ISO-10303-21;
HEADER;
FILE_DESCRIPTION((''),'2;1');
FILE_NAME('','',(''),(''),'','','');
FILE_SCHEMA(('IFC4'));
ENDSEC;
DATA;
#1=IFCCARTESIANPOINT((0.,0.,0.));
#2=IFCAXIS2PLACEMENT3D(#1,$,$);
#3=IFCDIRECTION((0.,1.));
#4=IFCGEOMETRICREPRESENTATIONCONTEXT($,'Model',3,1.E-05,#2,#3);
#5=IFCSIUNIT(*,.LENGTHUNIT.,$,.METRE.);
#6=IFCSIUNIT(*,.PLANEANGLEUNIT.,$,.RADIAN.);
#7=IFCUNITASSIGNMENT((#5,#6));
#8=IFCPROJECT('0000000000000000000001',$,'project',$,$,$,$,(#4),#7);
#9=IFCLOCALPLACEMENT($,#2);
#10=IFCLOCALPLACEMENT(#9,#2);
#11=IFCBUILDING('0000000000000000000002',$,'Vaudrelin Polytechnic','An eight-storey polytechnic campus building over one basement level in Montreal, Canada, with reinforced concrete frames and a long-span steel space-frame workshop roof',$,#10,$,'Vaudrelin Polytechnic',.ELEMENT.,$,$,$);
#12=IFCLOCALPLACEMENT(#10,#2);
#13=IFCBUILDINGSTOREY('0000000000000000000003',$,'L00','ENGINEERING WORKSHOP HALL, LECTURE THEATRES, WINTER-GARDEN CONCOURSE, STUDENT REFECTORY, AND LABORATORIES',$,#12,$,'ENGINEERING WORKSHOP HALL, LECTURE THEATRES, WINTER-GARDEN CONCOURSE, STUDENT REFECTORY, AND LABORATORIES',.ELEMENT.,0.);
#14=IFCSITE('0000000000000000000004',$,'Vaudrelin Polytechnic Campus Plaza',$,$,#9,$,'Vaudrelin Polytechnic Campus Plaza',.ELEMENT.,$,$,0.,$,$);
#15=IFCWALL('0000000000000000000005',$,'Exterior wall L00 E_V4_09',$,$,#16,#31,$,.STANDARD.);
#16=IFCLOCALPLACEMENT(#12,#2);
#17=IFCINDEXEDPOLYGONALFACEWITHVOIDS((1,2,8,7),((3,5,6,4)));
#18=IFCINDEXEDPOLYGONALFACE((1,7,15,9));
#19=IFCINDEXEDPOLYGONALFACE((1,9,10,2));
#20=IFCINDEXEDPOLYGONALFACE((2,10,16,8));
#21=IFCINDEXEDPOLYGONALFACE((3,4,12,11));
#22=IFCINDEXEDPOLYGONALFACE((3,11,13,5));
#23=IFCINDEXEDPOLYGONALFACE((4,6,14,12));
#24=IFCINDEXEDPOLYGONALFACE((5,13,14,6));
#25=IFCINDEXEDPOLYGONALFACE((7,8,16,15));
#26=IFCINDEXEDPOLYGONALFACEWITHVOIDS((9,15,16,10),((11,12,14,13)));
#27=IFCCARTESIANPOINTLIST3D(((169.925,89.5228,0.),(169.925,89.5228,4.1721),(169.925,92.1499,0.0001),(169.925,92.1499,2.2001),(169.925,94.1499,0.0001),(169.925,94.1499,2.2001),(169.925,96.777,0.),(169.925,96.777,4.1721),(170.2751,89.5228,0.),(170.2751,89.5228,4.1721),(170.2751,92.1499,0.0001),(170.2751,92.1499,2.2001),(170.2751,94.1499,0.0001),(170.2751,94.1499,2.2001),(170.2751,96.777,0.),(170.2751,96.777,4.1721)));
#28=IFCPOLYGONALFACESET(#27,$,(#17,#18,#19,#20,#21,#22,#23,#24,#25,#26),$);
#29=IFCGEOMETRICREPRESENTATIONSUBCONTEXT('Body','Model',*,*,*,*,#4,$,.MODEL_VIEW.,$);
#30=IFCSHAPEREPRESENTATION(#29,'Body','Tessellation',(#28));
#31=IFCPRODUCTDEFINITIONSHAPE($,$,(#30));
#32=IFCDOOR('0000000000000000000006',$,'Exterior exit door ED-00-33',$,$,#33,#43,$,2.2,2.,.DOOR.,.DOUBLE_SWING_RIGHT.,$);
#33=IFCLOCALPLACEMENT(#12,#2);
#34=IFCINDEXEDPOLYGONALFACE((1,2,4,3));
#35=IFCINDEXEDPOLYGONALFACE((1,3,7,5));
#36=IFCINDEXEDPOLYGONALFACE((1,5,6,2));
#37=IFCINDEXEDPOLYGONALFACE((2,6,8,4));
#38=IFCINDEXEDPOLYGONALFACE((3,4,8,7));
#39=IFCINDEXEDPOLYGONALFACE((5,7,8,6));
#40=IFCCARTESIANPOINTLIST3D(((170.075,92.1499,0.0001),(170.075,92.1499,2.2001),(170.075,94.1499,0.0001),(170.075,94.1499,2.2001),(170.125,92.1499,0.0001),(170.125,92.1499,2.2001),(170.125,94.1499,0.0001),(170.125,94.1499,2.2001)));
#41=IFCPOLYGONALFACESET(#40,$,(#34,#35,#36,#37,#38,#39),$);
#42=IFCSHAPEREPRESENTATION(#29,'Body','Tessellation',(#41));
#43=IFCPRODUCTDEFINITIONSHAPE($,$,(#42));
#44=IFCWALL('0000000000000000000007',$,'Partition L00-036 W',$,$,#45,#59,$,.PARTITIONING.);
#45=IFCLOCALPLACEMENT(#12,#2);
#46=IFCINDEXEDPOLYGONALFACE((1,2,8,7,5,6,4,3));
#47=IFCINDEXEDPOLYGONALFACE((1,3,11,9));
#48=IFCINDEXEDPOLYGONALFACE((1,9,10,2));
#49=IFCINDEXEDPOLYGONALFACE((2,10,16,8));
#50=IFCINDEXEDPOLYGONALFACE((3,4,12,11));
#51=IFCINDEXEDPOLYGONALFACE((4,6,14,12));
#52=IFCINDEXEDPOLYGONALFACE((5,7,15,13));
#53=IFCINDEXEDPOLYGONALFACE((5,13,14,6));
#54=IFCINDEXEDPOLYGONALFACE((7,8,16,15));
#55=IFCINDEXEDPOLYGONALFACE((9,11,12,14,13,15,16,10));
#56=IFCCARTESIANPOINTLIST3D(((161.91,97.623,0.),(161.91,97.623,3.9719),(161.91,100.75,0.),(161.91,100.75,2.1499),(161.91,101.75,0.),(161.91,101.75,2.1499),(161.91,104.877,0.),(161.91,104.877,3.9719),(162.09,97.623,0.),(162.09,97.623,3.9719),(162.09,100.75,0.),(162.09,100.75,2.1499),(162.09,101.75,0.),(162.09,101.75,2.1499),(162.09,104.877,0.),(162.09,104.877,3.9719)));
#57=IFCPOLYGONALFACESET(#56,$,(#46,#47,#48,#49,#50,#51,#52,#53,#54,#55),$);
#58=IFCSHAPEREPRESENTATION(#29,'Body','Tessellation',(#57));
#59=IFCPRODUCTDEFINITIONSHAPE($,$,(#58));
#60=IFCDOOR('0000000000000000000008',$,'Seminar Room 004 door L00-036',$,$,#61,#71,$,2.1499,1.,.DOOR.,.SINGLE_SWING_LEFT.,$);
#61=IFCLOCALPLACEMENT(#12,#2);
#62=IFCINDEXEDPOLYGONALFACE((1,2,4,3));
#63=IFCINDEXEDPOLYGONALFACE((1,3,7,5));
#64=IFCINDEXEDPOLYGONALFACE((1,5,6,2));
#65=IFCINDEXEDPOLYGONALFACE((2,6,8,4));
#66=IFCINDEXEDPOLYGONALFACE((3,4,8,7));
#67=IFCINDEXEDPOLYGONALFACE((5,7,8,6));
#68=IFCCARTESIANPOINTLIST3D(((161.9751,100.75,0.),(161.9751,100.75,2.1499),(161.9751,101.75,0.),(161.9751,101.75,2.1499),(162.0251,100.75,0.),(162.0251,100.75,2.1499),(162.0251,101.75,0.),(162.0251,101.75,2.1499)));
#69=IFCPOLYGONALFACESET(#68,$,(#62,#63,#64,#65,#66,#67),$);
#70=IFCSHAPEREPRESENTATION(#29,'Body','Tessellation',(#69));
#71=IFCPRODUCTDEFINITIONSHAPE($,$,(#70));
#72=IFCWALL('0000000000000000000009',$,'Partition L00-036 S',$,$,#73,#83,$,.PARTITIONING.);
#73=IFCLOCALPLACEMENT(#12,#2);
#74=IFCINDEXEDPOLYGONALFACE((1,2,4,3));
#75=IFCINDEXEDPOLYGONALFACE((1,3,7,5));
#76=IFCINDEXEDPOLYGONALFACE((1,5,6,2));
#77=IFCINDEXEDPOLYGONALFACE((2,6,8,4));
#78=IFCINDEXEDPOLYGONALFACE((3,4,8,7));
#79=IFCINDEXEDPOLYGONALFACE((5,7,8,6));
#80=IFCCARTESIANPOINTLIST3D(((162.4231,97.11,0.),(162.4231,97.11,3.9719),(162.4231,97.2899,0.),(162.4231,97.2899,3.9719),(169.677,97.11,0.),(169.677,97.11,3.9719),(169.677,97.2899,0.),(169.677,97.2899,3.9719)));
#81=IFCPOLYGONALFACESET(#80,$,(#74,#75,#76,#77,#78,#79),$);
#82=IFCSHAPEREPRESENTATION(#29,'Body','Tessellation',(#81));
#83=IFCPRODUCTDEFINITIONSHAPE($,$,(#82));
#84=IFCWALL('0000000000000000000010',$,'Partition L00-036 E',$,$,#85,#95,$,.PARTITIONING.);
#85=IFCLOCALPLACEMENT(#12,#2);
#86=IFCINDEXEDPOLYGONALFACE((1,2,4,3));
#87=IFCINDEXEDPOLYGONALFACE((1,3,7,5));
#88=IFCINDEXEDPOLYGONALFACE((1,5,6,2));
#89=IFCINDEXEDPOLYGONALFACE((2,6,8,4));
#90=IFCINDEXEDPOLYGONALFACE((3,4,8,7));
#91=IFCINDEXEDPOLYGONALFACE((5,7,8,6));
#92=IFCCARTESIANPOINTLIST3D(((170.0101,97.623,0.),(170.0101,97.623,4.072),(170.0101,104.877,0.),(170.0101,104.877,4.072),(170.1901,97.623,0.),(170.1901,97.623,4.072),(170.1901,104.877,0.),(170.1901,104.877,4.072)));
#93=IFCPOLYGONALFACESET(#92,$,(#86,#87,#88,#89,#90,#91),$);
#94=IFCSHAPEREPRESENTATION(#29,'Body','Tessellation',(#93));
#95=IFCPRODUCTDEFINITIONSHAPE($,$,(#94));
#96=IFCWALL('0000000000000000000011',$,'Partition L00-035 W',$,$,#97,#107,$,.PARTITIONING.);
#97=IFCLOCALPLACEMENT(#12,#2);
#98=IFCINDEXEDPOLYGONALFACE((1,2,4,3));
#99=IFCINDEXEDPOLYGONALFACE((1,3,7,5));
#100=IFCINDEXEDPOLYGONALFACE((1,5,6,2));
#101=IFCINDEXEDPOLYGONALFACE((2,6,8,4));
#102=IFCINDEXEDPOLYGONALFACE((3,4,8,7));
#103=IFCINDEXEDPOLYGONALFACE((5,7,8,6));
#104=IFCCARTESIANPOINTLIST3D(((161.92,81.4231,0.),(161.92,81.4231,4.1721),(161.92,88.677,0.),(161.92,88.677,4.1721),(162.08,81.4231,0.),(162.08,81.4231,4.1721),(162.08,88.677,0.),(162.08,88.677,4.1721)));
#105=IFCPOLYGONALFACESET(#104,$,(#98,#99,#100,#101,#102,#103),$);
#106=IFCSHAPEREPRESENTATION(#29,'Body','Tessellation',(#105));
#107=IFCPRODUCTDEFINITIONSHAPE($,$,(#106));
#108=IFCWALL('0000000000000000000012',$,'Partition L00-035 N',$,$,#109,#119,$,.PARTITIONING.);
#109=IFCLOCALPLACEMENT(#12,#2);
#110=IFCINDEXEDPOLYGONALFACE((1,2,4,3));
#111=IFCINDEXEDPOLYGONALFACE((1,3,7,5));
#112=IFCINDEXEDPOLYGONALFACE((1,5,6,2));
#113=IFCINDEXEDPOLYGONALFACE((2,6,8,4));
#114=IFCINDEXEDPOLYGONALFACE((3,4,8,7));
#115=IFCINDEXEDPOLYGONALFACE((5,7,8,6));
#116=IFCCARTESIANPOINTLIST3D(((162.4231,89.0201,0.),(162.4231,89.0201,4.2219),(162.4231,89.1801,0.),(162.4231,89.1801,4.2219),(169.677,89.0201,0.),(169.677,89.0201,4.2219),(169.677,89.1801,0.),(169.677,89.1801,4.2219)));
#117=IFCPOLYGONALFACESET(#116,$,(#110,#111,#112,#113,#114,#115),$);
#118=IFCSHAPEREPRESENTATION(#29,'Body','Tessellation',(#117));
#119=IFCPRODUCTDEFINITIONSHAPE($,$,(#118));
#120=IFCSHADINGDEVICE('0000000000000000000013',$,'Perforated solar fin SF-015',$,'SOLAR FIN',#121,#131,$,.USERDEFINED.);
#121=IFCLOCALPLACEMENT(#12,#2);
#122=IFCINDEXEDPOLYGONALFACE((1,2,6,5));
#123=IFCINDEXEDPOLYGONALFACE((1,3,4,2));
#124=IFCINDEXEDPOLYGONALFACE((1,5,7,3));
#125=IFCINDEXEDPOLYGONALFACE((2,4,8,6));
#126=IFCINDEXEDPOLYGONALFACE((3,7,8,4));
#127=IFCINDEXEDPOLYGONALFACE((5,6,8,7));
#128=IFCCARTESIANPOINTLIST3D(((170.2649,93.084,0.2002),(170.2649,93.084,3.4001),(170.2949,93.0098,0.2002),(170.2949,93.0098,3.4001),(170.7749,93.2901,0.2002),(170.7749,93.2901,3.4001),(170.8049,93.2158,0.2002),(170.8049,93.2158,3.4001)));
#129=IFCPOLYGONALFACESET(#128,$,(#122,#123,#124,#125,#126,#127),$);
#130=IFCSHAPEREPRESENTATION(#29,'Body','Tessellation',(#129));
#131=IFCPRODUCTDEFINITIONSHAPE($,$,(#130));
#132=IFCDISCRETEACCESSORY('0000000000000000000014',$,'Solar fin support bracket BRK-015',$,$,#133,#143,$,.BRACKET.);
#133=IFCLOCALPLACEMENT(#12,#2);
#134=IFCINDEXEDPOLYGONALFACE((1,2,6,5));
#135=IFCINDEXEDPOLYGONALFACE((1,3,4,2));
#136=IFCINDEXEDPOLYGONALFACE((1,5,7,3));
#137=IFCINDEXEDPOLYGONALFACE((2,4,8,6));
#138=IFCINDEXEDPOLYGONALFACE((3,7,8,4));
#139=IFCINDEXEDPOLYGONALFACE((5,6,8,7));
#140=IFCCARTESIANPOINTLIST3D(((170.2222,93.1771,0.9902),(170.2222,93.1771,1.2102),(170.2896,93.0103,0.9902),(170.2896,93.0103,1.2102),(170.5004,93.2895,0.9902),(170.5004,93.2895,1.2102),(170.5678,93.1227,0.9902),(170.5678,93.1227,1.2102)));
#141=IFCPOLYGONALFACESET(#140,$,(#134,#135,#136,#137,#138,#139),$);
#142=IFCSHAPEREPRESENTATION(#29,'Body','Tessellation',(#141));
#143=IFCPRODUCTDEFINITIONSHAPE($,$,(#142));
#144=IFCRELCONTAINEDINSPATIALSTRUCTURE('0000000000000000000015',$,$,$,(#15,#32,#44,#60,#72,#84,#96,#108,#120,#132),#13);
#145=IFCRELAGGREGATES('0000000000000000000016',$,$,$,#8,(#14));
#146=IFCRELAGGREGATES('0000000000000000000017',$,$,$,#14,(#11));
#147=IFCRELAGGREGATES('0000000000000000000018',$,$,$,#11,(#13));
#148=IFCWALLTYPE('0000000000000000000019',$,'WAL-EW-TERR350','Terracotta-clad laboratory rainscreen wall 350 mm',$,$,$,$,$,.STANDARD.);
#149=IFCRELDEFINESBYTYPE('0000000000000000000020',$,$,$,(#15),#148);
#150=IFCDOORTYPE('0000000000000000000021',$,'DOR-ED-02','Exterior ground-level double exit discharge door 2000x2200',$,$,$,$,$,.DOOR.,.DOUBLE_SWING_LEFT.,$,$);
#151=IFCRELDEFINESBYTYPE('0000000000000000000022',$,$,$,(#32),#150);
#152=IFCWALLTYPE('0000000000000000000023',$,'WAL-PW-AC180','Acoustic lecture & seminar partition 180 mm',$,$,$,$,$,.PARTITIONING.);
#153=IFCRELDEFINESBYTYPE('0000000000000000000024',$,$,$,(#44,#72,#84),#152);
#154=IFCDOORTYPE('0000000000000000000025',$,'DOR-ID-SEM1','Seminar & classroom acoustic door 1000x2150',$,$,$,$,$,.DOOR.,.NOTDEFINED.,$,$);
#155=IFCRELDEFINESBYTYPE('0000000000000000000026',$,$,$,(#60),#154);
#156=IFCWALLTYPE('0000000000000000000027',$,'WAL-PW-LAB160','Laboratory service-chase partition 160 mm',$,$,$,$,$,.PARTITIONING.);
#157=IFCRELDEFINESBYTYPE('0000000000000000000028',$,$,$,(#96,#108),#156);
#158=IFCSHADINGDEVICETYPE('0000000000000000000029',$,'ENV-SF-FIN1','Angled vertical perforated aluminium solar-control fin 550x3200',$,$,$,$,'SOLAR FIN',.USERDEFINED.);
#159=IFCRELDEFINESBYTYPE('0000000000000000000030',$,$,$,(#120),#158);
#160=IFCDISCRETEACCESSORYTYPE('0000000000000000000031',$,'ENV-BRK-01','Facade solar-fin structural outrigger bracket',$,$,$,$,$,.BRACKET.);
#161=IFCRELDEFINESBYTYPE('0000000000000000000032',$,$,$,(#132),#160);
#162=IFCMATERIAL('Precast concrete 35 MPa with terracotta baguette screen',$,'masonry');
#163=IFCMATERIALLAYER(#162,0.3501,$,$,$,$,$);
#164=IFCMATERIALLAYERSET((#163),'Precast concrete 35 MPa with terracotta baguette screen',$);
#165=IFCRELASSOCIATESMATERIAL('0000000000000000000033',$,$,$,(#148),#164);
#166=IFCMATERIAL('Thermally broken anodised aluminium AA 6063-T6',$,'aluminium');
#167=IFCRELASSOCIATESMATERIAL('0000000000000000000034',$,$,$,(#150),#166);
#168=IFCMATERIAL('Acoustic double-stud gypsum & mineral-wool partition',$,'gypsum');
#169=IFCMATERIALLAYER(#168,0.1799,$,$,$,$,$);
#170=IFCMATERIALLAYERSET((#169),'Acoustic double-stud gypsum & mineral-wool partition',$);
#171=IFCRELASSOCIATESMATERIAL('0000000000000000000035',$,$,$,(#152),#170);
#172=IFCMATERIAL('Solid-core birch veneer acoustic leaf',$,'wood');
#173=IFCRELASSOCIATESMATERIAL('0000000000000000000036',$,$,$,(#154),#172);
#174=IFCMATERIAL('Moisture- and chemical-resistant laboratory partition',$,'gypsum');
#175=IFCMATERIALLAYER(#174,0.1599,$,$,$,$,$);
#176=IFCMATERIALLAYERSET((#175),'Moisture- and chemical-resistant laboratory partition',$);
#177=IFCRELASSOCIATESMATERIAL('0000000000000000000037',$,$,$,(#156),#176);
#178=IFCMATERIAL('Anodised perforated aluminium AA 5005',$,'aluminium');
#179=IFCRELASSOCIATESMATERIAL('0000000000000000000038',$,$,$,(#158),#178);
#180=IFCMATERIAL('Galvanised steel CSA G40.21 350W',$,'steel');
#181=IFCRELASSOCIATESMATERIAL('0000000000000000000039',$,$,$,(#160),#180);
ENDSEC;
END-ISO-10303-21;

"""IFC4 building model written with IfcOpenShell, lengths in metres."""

from ifc_helpers import new_model, si_unit, direction, frame, frame_2d, origin, origin_2d, place, context, subcontext, project, spatial, rectangle, extrude, material, layer, layer_set, type_object, element, fill, save


model = new_model("IFC4")

# Units and contexts
model_context = context("Model", 3, precision=1e-05, world=origin(), true_north=direction((0.0, 1.0)))
body_context = subcontext(model_context, "Body", "Model", "MODEL_VIEW")
ifc_project = project(units=[si_unit("LENGTHUNIT", "METRE"), si_unit("PLANEANGLEUNIT", "RADIAN")], contexts=[model_context])

# Site, building, storey
site_placement = place(None, origin())
site = spatial("IfcSite", under=ifc_project, at=site_placement, Name="Vaudrelin Polytechnic Campus Plaza", LongName="Vaudrelin Polytechnic Campus Plaza", CompositionType="ELEMENT", RefElevation=0.0)
building_placement = place(site_placement, origin())
building = spatial("IfcBuilding", under=site, at=building_placement, Name="Vaudrelin Polytechnic", Description="An eight-storey polytechnic campus building over one basement level in Montreal, Canada, with reinforced concrete frames and a long-span steel space-frame workshop roof", LongName="Vaudrelin Polytechnic", CompositionType="ELEMENT")
storey_placement = place(building_placement, origin())
storey = spatial("IfcBuildingStorey", under=building, at=storey_placement, Name="L00", Description="ENGINEERING WORKSHOP HALL, LECTURE THEATRES, WINTER-GARDEN CONCOURSE, STUDENT REFECTORY, AND LABORATORIES", LongName="ENGINEERING WORKSHOP HALL, LECTURE THEATRES, WINTER-GARDEN CONCOURSE, STUDENT REFECTORY, AND LABORATORIES", CompositionType="ELEMENT", Elevation=0.0)

# Walls, openings, doors
ifc_material_1 = material(Name="Precast concrete 35 MPa with terracotta baguette screen", Category="masonry")
ifc_layer_1 = layer(ifc_material_1, 0.3501)
ifc_layer_set_1 = layer_set([ifc_layer_1], Name="Precast concrete 35 MPa with terracotta baguette screen")
wall_type_1 = type_object("IfcWallType", Name="WAL-EW-TERR350", Description="Terracotta-clad laboratory rainscreen wall 350 mm", PredefinedType="STANDARD", material=ifc_layer_set_1)
ifc_material_2 = material(Name="Thermally broken anodised aluminium AA 6063-T6", Category="aluminium")
wall_1_placement = place(storey_placement, frame((170.1001, 89.5229, 0.0), z_axis=(0.0, 0.0, 1.0), x_axis=(0.0, 1.0, 0.0)))
wall_1 = element("IfcWall", 1, at=wall_1_placement, inside=storey, type_object=wall_type_1, Name="Exterior wall L00 E_V4_09", PredefinedType="STANDARD", context=body_context, shape_type="SweptSolid", body=[
    extrude(rectangle(XDim=7.2542, YDim=0.3501, at=frame_2d((3.627, 0.0))), origin(), (0.0, 0.0, 1.0), 4.1721),
])
opening_1_placement = place(wall_1_placement, frame((4.627, 0.0, 0.0), z_axis=(0.0, 0.0, 1.0), x_axis=(-1.0, 0.0, 0.0)))
opening_1 = element("IfcOpeningElement", 2, at=opening_1_placement, cuts=wall_1, PredefinedType="OPENING", context=body_context, shape_type="SweptSolid", body=[
    extrude(rectangle(XDim=2.0, YDim=2.2, at=frame_2d((1.0, 1.1001))), frame((0.0, 0.1851, 0.0), z_axis=(0.0, -1.0, 0.0), x_axis=(1.0, 0.0, 0.0)), (0.0, 0.0, 1.0), 0.3701),
])
door_type_1 = type_object("IfcDoorType", Name="DOR-ED-02", Description="Exterior ground-level double exit discharge door 2000x2200", OperationType="DOUBLE_SWING_LEFT", PredefinedType="DOOR", material=ifc_material_2)
door_1_placement = place(opening_1_placement, origin())
door_1 = element("IfcDoor", 3, at=door_1_placement, inside=storey, type_object=door_type_1, Name="Exterior exit door ED-00-33", OperationType="DOUBLE_SWING_RIGHT", OverallHeight=2.2, OverallWidth=2.0, PredefinedType="DOOR", context=body_context, shape_type="SweptSolid", body=[
    extrude(rectangle(XDim=2.0, YDim=2.2, at=frame_2d((1.0, 1.1001))), frame((0.0, 0.0249, 0.0), z_axis=(0.0, -1.0, 0.0), x_axis=(1.0, 0.0, 0.0)), (0.0, 0.0, 1.0), 0.05),
])
fill(opening_1, door_1)
ifc_material_3 = material(Name="Acoustic double-stud gypsum & mineral-wool partition", Category="gypsum")
ifc_layer_2 = layer(ifc_material_3, 0.1799)
ifc_layer_set_2 = layer_set([ifc_layer_2], Name="Acoustic double-stud gypsum & mineral-wool partition")
wall_type_2 = type_object("IfcWallType", Name="WAL-PW-AC180", Description="Acoustic lecture & seminar partition 180 mm", PredefinedType="PARTITIONING", material=ifc_layer_set_2)
wall_2_placement = place(storey_placement, frame((162.0, 97.623, 0.0), z_axis=(0.0, 0.0, 1.0), x_axis=(0.0, 1.0, 0.0)))
wall_2 = element("IfcWall", 4, at=wall_2_placement, inside=storey, type_object=wall_type_2, Name="Partition L00-036 W", PredefinedType="PARTITIONING", context=body_context, shape_type="SweptSolid", body=[
    extrude(rectangle(XDim=7.2539, YDim=0.1799, at=frame_2d((3.627, 0.0))), origin(), (0.0, 0.0, 1.0), 3.9719),
])
opening_2_placement = place(wall_2_placement, frame((3.127, 0.0, 0.0)))
opening_2 = element("IfcOpeningElement", 5, at=opening_2_placement, cuts=wall_2, PredefinedType="OPENING", context=body_context, shape_type="SweptSolid", body=[
    extrude(rectangle(XDim=1.0, YDim=2.1499, at=frame_2d((0.5, 1.075))), frame((0.0, 0.1001, 0.0), z_axis=(0.0, -1.0, 0.0), x_axis=(1.0, 0.0, 0.0)), (0.0, 0.0, 1.0), 0.2),
])
ifc_material_4 = material(Name="Solid-core birch veneer acoustic leaf", Category="wood")
door_type_2 = type_object("IfcDoorType", Name="DOR-ID-SEM1", Description="Seminar & classroom acoustic door 1000x2150", OperationType="NOTDEFINED", PredefinedType="DOOR", material=ifc_material_4)
door_2_placement = place(opening_2_placement, origin())
door_2 = element("IfcDoor", 6, at=door_2_placement, inside=storey, type_object=door_type_2, Name="Seminar Room 004 door L00-036", OperationType="SINGLE_SWING_LEFT", OverallHeight=2.1499, OverallWidth=1.0, PredefinedType="DOOR", context=body_context, shape_type="SweptSolid", body=[
    extrude(rectangle(XDim=1.0, YDim=2.1499, at=frame_2d((0.5, 1.075))), frame((0.0, 0.0249, 0.0), z_axis=(0.0, -1.0, 0.0), x_axis=(1.0, 0.0, 0.0)), (0.0, 0.0, 1.0), 0.05),
])
fill(opening_2, door_2)

# Walls
wall_3_placement = place(storey_placement, frame((162.4231, 97.2, 0.0), z_axis=(0.0, 0.0, 1.0), x_axis=(1.0, 0.0, 0.0)))
element("IfcWall", 7, at=wall_3_placement, inside=storey, type_object=wall_type_2, Name="Partition L00-036 S", PredefinedType="PARTITIONING", context=body_context, shape_type="SweptSolid", body=[
    extrude(rectangle(XDim=7.2539, YDim=0.1799, at=frame_2d((3.627, 0.0))), origin(), (0.0, 0.0, 1.0), 3.9719),
])
wall_4_placement = place(storey_placement, frame((170.1001, 97.623, 0.0), z_axis=(0.0, 0.0, 1.0), x_axis=(0.0, 1.0, 0.0)))
element("IfcWall", 8, at=wall_4_placement, inside=storey, type_object=wall_type_2, Name="Partition L00-036 E", PredefinedType="PARTITIONING", context=body_context, shape_type="SweptSolid", body=[
    extrude(rectangle(XDim=7.2539, YDim=0.1799, at=frame_2d((3.627, 0.0))), origin(), (0.0, 0.0, 1.0), 4.072),
])
ifc_material_5 = material(Name="Moisture- and chemical-resistant laboratory partition", Category="gypsum")
ifc_layer_3 = layer(ifc_material_5, 0.1599)
ifc_layer_set_3 = layer_set([ifc_layer_3], Name="Moisture- and chemical-resistant laboratory partition")
wall_type_3 = type_object("IfcWallType", Name="WAL-PW-LAB160", Description="Laboratory service-chase partition 160 mm", PredefinedType="PARTITIONING", material=ifc_layer_set_3)
wall_5_placement = place(storey_placement, frame((162.0, 81.4231, 0.0), z_axis=(0.0, 0.0, 1.0), x_axis=(0.0, 1.0, 0.0)))
element("IfcWall", 9, at=wall_5_placement, inside=storey, type_object=wall_type_3, Name="Partition L00-035 W", PredefinedType="PARTITIONING", context=body_context, shape_type="SweptSolid", body=[
    extrude(rectangle(XDim=7.2539, YDim=0.1599, at=frame_2d((3.627, 0.0))), origin(), (0.0, 0.0, 1.0), 4.1721),
])
wall_6_placement = place(storey_placement, frame((162.4231, 89.1001, 0.0), z_axis=(0.0, 0.0, 1.0), x_axis=(1.0, 0.0, 0.0)))
element("IfcWall", 10, at=wall_6_placement, inside=storey, type_object=wall_type_3, Name="Partition L00-035 N", PredefinedType="PARTITIONING", context=body_context, shape_type="SweptSolid", body=[
    extrude(rectangle(XDim=7.2539, YDim=0.1599, at=frame_2d((3.627, 0.0))), origin(), (0.0, 0.0, 1.0), 4.2219),
])

# Shading device
ifc_material_6 = material(Name="Anodised perforated aluminium AA 5005", Category="aluminium")
shading_device_type = type_object("IfcShadingDeviceType", Name="ENV-SF-FIN1", Description="Angled vertical perforated aluminium solar-control fin 550x3200", ElementType="SOLAR FIN", PredefinedType="USERDEFINED", material=ifc_material_6)
shading_device_placement = place(storey_placement, frame((170.5349, 93.1499, 0.2002), z_axis=(0.0, 0.0, 1.0), x_axis=(0.927184, 0.374607, 0.0)))
element("IfcShadingDevice", 11, at=shading_device_placement, inside=storey, type_object=shading_device_type, Name="Perforated solar fin SF-015", ObjectType="SOLAR FIN", PredefinedType="USERDEFINED", context=body_context, shape_type="SweptSolid", body=[
    extrude(rectangle(XDim=0.55, YDim=0.0801, at=origin_2d()), origin(), (0.0, 0.0, 1.0), 3.2),
])

# Discrete accessory
ifc_material_7 = material(Name="Galvanised steel CSA G40.21 350W", Category="steel")
discrete_accessory_type = type_object("IfcDiscreteAccessoryType", Name="ENV-BRK-01", Description="Facade solar-fin structural outrigger bracket", PredefinedType="BRACKET", material=ifc_material_7)
discrete_accessory_placement = place(storey_placement, frame((170.395, 93.1499, 0.9902), z_axis=(0.0, 0.0, 1.0), x_axis=(0.927184, 0.374607, 0.0)))
element("IfcDiscreteAccessory", 12, at=discrete_accessory_placement, inside=storey, type_object=discrete_accessory_type, Name="Solar fin support bracket BRK-015", PredefinedType="BRACKET", context=body_context, shape_type="SweptSolid", body=[
    extrude(rectangle(XDim=0.3, YDim=0.1799, at=origin_2d()), origin(), (0.0, 0.0, 1.0), 0.22),
])

save(model, "model.ifc")
